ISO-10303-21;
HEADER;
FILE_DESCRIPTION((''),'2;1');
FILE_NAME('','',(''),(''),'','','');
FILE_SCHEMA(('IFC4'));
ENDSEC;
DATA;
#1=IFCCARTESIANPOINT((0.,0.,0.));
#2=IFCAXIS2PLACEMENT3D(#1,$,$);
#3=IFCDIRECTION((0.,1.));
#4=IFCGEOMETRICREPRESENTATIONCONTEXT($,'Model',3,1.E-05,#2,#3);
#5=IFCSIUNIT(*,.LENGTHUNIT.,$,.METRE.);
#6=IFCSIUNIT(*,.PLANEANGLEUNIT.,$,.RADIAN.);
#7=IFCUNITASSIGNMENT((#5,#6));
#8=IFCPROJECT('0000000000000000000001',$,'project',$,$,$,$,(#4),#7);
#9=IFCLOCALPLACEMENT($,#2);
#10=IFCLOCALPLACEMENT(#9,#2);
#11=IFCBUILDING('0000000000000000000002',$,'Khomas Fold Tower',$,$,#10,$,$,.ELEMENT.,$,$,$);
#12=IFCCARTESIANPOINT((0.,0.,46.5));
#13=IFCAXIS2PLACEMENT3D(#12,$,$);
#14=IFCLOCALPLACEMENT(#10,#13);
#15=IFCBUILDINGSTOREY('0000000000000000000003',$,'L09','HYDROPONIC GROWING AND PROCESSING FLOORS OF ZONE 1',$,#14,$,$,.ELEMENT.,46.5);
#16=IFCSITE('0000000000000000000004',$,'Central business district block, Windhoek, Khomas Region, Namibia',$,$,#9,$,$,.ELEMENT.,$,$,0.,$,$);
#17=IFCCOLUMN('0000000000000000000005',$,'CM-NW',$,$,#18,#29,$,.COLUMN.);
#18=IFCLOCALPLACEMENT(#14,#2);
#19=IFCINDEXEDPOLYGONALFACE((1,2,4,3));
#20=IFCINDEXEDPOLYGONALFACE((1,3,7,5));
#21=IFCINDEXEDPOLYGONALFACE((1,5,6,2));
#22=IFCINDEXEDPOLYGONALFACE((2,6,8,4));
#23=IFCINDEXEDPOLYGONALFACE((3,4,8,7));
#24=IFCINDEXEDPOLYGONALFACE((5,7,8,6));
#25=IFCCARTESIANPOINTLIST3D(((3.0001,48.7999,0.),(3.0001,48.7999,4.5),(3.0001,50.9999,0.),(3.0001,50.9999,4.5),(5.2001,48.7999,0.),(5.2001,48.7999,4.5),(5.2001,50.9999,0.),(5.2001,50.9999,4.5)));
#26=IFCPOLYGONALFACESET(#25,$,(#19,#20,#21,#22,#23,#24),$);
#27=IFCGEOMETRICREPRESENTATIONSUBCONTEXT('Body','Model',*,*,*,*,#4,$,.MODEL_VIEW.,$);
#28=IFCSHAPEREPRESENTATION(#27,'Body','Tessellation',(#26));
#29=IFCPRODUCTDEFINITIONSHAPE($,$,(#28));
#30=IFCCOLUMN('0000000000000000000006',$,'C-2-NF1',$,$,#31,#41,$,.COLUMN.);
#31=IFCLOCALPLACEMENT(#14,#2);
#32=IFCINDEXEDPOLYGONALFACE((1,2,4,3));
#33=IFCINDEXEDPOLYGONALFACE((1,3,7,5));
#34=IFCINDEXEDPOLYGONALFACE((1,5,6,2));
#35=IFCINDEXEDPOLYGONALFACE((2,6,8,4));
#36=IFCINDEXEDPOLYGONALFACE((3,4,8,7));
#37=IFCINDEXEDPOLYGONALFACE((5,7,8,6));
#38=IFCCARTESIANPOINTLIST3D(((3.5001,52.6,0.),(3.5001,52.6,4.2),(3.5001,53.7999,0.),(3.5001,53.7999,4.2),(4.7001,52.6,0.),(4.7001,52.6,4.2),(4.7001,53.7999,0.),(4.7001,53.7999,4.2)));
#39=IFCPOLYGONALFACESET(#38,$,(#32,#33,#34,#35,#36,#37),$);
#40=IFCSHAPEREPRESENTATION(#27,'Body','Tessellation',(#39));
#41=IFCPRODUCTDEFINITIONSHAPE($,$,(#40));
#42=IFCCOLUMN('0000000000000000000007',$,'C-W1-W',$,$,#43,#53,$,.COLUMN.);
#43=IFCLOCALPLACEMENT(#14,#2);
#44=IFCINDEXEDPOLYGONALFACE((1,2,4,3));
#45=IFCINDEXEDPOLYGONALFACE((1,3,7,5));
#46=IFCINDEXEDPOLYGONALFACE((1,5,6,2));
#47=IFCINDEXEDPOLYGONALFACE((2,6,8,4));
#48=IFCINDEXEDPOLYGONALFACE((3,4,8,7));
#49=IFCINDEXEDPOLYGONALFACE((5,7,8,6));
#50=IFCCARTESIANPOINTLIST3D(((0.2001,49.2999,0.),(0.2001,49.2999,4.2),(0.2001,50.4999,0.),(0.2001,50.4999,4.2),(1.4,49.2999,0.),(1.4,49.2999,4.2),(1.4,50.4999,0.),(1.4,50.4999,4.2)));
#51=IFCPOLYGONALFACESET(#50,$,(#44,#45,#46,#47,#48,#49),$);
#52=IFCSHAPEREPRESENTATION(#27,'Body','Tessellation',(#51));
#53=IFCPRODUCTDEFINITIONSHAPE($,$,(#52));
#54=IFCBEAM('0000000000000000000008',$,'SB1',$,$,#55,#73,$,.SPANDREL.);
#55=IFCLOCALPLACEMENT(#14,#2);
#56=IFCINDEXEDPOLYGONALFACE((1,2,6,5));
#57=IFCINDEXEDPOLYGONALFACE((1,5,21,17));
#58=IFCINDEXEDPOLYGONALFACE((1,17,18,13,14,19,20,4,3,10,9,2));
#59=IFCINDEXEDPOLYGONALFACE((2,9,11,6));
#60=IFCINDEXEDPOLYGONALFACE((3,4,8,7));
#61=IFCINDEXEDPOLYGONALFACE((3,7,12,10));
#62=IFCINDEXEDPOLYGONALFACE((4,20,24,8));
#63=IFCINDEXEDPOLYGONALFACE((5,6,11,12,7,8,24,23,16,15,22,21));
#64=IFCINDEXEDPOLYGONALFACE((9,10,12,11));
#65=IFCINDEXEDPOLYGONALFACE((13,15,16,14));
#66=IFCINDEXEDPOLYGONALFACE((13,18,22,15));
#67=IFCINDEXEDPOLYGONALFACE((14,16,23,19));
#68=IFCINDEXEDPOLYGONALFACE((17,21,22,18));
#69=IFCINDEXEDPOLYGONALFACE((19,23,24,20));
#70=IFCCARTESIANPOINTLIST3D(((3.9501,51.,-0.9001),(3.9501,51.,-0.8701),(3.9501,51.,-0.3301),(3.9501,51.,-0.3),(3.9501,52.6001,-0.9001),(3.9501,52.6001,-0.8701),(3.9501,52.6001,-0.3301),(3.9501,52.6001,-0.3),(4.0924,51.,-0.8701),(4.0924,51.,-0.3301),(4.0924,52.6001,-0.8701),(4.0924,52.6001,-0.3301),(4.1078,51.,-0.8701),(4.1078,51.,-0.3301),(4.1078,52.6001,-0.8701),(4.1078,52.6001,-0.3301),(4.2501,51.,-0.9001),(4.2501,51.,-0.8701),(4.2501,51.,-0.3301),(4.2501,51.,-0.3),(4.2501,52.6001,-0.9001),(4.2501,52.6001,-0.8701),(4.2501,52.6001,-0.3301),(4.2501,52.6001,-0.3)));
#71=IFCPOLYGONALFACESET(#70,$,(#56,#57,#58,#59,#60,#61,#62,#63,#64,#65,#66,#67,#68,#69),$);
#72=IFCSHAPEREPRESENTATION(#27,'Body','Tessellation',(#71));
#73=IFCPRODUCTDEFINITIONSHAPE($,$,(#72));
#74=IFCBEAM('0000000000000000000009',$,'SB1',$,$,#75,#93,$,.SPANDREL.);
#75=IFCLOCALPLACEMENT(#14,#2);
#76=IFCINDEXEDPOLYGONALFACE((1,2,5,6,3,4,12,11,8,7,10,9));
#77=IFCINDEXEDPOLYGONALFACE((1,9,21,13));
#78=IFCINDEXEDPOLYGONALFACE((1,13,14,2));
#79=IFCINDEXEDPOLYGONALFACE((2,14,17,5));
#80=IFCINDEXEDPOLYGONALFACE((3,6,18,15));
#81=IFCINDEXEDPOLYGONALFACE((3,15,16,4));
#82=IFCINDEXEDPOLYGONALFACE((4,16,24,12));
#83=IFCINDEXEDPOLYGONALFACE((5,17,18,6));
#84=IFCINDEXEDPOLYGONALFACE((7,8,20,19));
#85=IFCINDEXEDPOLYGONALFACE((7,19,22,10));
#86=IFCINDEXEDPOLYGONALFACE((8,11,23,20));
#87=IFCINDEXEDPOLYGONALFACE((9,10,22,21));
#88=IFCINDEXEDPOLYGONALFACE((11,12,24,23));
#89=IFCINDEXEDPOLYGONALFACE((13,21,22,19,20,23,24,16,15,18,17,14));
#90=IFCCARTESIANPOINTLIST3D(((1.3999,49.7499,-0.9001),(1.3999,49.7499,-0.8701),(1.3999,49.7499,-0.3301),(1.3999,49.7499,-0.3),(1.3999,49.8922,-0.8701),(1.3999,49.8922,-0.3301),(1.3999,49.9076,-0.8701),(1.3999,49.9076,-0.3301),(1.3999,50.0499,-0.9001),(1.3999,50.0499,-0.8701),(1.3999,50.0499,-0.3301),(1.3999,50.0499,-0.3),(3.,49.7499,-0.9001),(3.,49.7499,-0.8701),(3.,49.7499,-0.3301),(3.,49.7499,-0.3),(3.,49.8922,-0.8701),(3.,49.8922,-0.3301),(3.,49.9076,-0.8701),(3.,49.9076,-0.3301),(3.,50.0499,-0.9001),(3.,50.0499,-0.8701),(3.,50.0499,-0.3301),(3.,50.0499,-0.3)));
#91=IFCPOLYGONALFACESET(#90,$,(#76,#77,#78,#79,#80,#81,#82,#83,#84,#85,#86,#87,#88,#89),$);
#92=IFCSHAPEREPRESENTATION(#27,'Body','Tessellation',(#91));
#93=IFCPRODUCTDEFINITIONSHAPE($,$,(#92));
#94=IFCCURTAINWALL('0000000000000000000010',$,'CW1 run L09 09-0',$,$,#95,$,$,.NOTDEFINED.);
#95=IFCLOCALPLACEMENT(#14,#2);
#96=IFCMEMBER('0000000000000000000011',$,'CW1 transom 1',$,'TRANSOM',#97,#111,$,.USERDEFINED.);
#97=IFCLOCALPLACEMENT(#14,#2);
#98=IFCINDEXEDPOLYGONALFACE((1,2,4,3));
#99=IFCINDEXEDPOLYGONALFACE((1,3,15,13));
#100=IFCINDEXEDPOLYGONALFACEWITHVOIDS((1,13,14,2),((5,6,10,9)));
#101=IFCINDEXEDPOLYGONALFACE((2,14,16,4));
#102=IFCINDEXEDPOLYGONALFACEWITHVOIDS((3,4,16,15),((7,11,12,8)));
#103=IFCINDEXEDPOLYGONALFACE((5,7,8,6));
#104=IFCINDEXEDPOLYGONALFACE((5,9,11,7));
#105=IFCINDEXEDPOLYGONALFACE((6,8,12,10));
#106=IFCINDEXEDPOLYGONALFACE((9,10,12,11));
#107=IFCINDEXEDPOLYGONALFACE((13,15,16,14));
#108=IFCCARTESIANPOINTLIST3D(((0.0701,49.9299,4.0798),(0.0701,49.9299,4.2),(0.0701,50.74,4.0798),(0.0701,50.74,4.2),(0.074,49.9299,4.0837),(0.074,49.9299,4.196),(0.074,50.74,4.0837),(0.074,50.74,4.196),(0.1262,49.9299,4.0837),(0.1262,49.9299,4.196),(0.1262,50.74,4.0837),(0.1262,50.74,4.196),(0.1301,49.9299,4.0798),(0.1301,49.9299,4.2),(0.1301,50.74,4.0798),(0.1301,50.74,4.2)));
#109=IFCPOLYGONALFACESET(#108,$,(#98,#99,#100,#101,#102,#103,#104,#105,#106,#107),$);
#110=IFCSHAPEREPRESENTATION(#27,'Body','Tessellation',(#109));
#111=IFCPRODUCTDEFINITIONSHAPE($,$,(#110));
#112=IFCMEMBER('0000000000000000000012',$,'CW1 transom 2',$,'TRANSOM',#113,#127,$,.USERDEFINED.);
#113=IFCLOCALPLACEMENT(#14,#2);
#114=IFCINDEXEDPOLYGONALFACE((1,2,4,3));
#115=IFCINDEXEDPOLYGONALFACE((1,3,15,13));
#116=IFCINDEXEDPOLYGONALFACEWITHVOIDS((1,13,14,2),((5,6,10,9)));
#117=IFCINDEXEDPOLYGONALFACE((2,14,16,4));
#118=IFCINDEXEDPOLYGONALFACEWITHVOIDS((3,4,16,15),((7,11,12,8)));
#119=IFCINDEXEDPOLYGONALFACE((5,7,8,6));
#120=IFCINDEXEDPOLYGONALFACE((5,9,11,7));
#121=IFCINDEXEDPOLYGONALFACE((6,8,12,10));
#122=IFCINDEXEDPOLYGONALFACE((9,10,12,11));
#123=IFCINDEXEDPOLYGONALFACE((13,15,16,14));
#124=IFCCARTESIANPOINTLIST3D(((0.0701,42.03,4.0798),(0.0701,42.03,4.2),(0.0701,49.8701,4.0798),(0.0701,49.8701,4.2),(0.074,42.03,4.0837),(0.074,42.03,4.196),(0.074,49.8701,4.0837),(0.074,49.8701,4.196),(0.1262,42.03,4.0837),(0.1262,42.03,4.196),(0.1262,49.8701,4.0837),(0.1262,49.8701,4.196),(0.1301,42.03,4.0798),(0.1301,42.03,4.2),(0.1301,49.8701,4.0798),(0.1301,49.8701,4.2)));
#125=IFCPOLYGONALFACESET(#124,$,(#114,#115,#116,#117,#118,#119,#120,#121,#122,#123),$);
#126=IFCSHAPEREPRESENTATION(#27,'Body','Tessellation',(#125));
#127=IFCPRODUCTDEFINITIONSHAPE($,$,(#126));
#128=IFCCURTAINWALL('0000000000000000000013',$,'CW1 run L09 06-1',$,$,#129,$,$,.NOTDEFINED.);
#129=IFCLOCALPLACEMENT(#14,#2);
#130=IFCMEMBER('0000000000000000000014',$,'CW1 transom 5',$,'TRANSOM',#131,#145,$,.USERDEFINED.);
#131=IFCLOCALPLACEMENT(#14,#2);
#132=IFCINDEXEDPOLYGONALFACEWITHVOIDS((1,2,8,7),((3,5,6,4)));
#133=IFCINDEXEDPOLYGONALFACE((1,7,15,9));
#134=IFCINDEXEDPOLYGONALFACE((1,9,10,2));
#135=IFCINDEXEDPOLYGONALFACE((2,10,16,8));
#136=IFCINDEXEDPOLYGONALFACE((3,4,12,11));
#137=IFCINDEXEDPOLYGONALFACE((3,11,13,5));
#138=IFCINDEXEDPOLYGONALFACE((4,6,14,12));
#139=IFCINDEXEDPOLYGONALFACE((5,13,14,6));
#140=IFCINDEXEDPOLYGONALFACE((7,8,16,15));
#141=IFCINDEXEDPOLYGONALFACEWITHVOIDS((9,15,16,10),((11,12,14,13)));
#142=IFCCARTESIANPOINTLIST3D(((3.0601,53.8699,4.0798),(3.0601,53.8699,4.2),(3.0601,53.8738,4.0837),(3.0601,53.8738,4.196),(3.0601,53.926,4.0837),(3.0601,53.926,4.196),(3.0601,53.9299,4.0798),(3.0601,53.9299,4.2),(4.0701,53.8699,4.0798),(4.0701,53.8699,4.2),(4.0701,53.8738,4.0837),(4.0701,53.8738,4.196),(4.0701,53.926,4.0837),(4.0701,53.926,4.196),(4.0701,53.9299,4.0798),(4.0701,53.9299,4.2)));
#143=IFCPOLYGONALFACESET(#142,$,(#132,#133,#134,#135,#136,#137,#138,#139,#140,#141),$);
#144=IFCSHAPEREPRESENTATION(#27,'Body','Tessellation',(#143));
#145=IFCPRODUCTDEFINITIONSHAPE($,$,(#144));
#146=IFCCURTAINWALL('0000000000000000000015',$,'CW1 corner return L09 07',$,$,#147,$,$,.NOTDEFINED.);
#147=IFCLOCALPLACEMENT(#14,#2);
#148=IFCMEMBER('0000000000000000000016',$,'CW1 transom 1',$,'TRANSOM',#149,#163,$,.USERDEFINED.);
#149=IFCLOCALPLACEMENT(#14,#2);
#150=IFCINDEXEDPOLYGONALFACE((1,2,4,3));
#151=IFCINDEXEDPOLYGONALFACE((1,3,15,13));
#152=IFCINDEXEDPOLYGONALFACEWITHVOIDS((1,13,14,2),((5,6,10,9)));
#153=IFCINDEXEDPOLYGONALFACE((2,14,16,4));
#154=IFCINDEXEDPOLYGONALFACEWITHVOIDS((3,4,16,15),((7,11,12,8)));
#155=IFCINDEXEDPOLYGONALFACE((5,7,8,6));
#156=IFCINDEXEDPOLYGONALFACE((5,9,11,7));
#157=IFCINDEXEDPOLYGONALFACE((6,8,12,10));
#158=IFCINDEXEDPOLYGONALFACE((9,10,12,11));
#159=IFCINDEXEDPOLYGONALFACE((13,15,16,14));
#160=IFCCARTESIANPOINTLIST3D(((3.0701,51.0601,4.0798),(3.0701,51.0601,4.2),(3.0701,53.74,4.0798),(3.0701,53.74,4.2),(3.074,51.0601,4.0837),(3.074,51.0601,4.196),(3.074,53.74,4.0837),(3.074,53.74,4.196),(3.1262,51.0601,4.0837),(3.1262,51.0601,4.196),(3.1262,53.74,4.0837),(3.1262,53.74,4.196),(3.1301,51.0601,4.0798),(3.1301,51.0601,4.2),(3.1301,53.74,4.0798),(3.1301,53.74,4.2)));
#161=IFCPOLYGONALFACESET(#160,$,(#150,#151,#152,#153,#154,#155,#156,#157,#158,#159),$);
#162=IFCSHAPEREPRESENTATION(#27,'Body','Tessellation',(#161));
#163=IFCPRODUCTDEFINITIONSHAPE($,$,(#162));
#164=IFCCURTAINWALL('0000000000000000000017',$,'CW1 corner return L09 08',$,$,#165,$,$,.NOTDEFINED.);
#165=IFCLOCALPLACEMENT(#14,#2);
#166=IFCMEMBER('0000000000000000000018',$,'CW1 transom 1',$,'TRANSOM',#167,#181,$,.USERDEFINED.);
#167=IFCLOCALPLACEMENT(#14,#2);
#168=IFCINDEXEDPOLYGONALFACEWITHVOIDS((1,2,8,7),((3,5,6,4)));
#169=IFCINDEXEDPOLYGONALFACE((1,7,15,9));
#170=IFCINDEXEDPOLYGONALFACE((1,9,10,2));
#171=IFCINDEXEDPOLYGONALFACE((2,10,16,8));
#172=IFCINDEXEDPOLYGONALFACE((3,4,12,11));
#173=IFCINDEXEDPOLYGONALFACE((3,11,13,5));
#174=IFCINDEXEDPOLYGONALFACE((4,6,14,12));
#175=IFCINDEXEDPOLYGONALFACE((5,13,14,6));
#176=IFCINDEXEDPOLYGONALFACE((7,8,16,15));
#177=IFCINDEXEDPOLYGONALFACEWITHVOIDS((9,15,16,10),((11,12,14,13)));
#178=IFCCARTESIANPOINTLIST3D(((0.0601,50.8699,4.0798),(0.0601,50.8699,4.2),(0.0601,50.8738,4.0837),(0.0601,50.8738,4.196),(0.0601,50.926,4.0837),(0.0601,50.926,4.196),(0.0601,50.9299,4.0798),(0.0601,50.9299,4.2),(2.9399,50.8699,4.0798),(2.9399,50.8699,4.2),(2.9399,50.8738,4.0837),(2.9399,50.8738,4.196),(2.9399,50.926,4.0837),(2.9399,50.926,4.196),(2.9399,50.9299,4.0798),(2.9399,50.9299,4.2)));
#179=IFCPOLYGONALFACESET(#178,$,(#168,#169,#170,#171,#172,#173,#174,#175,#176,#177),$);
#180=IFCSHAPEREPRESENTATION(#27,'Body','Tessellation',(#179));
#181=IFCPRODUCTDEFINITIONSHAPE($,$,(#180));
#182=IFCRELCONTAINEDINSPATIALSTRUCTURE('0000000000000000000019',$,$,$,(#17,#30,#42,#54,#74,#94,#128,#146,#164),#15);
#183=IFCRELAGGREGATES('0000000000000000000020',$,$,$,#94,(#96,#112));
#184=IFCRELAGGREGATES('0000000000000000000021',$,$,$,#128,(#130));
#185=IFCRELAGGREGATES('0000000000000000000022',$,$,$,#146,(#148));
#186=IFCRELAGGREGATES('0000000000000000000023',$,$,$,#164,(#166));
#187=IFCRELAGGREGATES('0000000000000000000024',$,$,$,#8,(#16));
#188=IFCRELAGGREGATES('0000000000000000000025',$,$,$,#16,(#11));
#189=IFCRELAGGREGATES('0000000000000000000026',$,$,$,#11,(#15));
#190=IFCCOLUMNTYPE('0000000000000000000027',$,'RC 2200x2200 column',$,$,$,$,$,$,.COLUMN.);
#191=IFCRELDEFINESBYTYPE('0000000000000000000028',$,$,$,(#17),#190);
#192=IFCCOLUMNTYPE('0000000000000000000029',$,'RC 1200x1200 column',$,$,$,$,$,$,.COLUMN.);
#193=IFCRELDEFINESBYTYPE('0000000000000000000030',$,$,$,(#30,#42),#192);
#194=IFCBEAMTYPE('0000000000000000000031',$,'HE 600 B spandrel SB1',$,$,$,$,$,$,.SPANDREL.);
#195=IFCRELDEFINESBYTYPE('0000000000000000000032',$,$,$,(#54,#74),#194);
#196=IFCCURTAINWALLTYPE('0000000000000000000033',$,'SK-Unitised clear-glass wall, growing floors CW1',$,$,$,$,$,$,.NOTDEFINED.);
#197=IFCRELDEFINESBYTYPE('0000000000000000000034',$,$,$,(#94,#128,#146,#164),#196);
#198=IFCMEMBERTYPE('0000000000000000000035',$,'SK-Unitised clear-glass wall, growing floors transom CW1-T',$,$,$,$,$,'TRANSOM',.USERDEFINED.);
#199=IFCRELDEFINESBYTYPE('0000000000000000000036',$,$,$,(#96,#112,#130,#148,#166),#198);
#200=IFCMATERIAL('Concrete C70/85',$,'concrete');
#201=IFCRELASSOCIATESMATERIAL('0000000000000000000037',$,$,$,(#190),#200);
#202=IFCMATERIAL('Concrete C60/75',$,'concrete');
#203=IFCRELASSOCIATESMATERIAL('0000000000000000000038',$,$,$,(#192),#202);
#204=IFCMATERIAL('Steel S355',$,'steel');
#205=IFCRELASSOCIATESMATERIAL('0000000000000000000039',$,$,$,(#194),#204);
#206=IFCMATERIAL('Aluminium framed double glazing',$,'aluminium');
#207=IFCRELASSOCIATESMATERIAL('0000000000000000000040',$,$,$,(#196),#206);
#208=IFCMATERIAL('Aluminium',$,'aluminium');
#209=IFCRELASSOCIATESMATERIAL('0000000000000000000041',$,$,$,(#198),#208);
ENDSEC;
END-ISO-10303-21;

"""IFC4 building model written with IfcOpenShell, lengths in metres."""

from ifc_helpers import new_model, si_unit, direction, frame, origin, origin_2d, place, context, subcontext, project, spatial, rectangle, hollow_rectangle, i_section, extrude, source, transform, mapped, material, material_profile, profile_set, type_object, element, aggregate, save


model = new_model("IFC4")

# Units and contexts
model_context = context("Model", 3, precision=1e-05, world=origin(), true_north=direction((0.0, 1.0)))
body_context = subcontext(model_context, "Body", "Model", "MODEL_VIEW")
ifc_project = project(units=[si_unit("LENGTHUNIT", "METRE"), si_unit("PLANEANGLEUNIT", "RADIAN")], contexts=[model_context])

# Site, building, storey
site_placement = place(None, origin())
site = spatial("IfcSite", under=ifc_project, at=site_placement, Name="Central business district block, Windhoek, Khomas Region, Namibia", CompositionType="ELEMENT", RefElevation=0.0)
building_placement = place(site_placement, origin())
building = spatial("IfcBuilding", under=site, at=building_placement, Name="Khomas Fold Tower", CompositionType="ELEMENT")
storey_placement = place(building_placement, frame((0.0, 0.0, 46.5)))
storey = spatial("IfcBuildingStorey", under=building, at=storey_placement, Name="L09", Description="HYDROPONIC GROWING AND PROCESSING FLOORS OF ZONE 1", CompositionType="ELEMENT", Elevation=46.5)

# Columns
ifc_material_1 = material(Name="Concrete C70/85", Category="concrete")
ifc_material_profile_1 = material_profile(ifc_material_1, rectangle(XDim=2.2, YDim=2.2, at=origin_2d()), Name="RC 2200x2200")
ifc_profile_set_1 = profile_set([ifc_material_profile_1], Name="Concrete C70/85")
column_type_1 = type_object("IfcColumnType", Name="RC 2200x2200 column", PredefinedType="COLUMN", material=ifc_profile_set_1)
shared_shape_1 = source(origin(), body_context, "Body", "SweptSolid", [
    extrude(rectangle(XDim=2.2, YDim=2.2, at=origin_2d()), origin(), (0.0, 0.0, 1.0), 4.5),
])
column_placement = place(storey_placement, frame((4.1001, 49.8999, 0.0), z_axis=(0.0, 0.0, 1.0), x_axis=(1.0, 0.0, 0.0)))
element("IfcColumn", 1, at=column_placement, inside=storey, type_object=column_type_1, Name="CM-NW", PredefinedType="COLUMN", context=body_context, shape_type="MappedRepresentation", body=[
    mapped(shared_shape_1, transform((0.0, 0.0, 0.0))),
])
ifc_material_2 = material(Name="Concrete C60/75", Category="concrete")
ifc_material_profile_2 = material_profile(ifc_material_2, rectangle(XDim=1.2, YDim=1.2, at=origin_2d()), Name="RC 1200x1200")
ifc_profile_set_2 = profile_set([ifc_material_profile_2], Name="Concrete C60/75")
column_type_2 = type_object("IfcColumnType", Name="RC 1200x1200 column", PredefinedType="COLUMN", material=ifc_profile_set_2)
shared_shape_2 = source(origin(), body_context, "Body", "SweptSolid", [
    extrude(rectangle(XDim=1.2, YDim=1.2, at=origin_2d()), origin(), (0.0, 0.0, 1.0), 4.2),
])
for number, where, z_axis, x_axis, name in (
    (2, (4.1001, 53.2, 0.0), (0.0, 0.0, 1.0), (1.0, 0.0, 0.0), "C-2-NF1"),
    (3, (0.8, 49.8999, 0.0), (0.0, 0.0, 1.0), (1.0, 0.0, 0.0), "C-W1-W"),
):
    element("IfcColumn", number, at=place(storey_placement, frame(where, z_axis=z_axis, x_axis=x_axis)), inside=storey, type_object=column_type_2, Name=name, PredefinedType="COLUMN", context=body_context, shape_type="MappedRepresentation", body=[
        mapped(shared_shape_2, transform((0.0, 0.0, 0.0))),
    ])

# Beams
ifc_material_3 = material(Name="Steel S355", Category="steel")
ifc_material_profile_3 = material_profile(ifc_material_3, i_section(OverallWidth=0.3, OverallDepth=0.6001, WebThickness=0.0154, FlangeThickness=0.03, at=origin_2d()), Name="HE 600 B")
ifc_profile_set_3 = profile_set([ifc_material_profile_3], Name="Steel S355")
beam_type = type_object("IfcBeamType", Name="HE 600 B spandrel SB1", PredefinedType="SPANDREL", material=ifc_profile_set_3)
shared_shape_3 = source(origin(), body_context, "Body", "SweptSolid", [
    extrude(i_section(OverallWidth=0.3, OverallDepth=0.6001, WebThickness=0.0154, FlangeThickness=0.03, at=origin_2d()), origin(), (0.0, 0.0, 1.0), 1.6001),
])
for number, where, z_axis, x_axis, name in (
    (4, (4.1001, 51.0, -0.6001), (0.0, 1.0, 0.0), (-1.0, 0.0, 0.0), "SB1"),
    (5, (1.3999, 49.8999, -0.6001), (1.0, 0.0, 0.0), (0.0, 1.0, 0.0), "SB1"),
):
    element("IfcBeam", number, at=place(storey_placement, frame(where, z_axis=z_axis, x_axis=x_axis)), inside=storey, type_object=beam_type, Name=name, PredefinedType="SPANDREL", context=body_context, shape_type="MappedRepresentation", body=[
        mapped(shared_shape_3, transform((0.0, 0.0, 0.0))),
    ])

# Curtain wall, members
ifc_material_4 = material(Name="Aluminium framed double glazing", Category="aluminium")
curtain_wall_type = type_object("IfcCurtainWallType", Name="SK-Unitised clear-glass wall, growing floors CW1", PredefinedType="NOTDEFINED", material=ifc_material_4)
curtain_wall_1_placement = place(storey_placement, origin())
curtain_wall_1 = element("IfcCurtainWall", 6, at=curtain_wall_1_placement, inside=storey, type_object=curtain_wall_type, Name="CW1 run L09 09-0", PredefinedType="NOTDEFINED")
ifc_material_5 = material(Name="Aluminium", Category="aluminium")
ifc_material_profile_4 = material_profile(ifc_material_5, hollow_rectangle(XDim=0.0601, YDim=0.1201, WallThickness=0.0039, at=origin_2d()), Name="SK-Unitised clear-glass wall, growing floors transom CW1-T")
ifc_profile_set_4 = profile_set([ifc_material_profile_4], Name="Aluminium")
member_type_1 = type_object("IfcMemberType", Name="SK-Unitised clear-glass wall, growing floors transom CW1-T", ElementType="TRANSOM", PredefinedType="USERDEFINED", material=ifc_profile_set_4)
shared_shape_4 = source(origin(), body_context, "Body", "SweptSolid", [
    extrude(hollow_rectangle(XDim=0.0601, YDim=0.1201, WallThickness=0.0039, at=origin_2d()), origin(), (0.0, 0.0, 1.0), 0.8101),
])
member_1_placement = place(storey_placement, frame((0.1001, 50.74, 4.1399), z_axis=(0.0, -1.0, 0.0), x_axis=(1.0, 0.0, 0.0)))
member_1 = element("IfcMember", 7, at=member_1_placement, type_object=member_type_1, Name="CW1 transom 1", ObjectType="TRANSOM", PredefinedType="USERDEFINED", context=body_context, shape_type="MappedRepresentation", body=[
    mapped(shared_shape_4, transform((0.0, 0.0, 0.0))),
])
shared_shape_5 = source(origin(), body_context, "Body", "SweptSolid", [
    extrude(hollow_rectangle(XDim=0.0601, YDim=0.1201, WallThickness=0.0039, at=origin_2d()), origin(), (0.0, 0.0, 1.0), 7.8401),
])
member_2_placement = place(storey_placement, frame((0.1001, 49.8701, 4.1399), z_axis=(0.0, -1.0, 0.0), x_axis=(1.0, 0.0, 0.0)))
member_2 = element("IfcMember", 8, at=member_2_placement, type_object=member_type_1, Name="CW1 transom 2", ObjectType="TRANSOM", PredefinedType="USERDEFINED", context=body_context, shape_type="MappedRepresentation", body=[
    mapped(shared_shape_5, transform((0.0, 0.0, 0.0))),
])

# Curtain walls, members
curtain_wall_2_placement = place(storey_placement, origin())
curtain_wall_2 = element("IfcCurtainWall", 9, at=curtain_wall_2_placement, inside=storey, type_object=curtain_wall_type, Name="CW1 run L09 06-1", PredefinedType="NOTDEFINED")
shared_shape_6 = source(origin(), body_context, "Body", "SweptSolid", [
    extrude(hollow_rectangle(XDim=0.0601, YDim=0.1201, WallThickness=0.0039, at=origin_2d()), origin(), (0.0, 0.0, 1.0), 1.01),
])
member_3_placement = place(storey_placement, frame((4.0701, 53.8999, 4.1399), z_axis=(-1.0, 0.0, 0.0), x_axis=(0.0, -1.0, 0.0)))
member_3 = element("IfcMember", 10, at=member_3_placement, type_object=member_type_1, Name="CW1 transom 5", ObjectType="TRANSOM", PredefinedType="USERDEFINED", context=body_context, shape_type="MappedRepresentation", body=[
    mapped(shared_shape_6, transform((0.0, 0.0, 0.0))),
])
curtain_wall_3_placement = place(storey_placement, origin())
curtain_wall_3 = element("IfcCurtainWall", 11, at=curtain_wall_3_placement, inside=storey, type_object=curtain_wall_type, Name="CW1 corner return L09 07", PredefinedType="NOTDEFINED")
shared_shape_7 = source(origin(), body_context, "Body", "SweptSolid", [
    extrude(hollow_rectangle(XDim=0.0601, YDim=0.1201, WallThickness=0.0039, at=origin_2d()), origin(), (0.0, 0.0, 1.0), 2.6799),
])
member_4_placement = place(storey_placement, frame((3.1001, 53.74, 4.1399), z_axis=(0.0, -1.0, 0.0), x_axis=(1.0, 0.0, 0.0)))
member_4 = element("IfcMember", 12, at=member_4_placement, type_object=member_type_1, Name="CW1 transom 1", ObjectType="TRANSOM", PredefinedType="USERDEFINED", context=body_context, shape_type="MappedRepresentation", body=[
    mapped(shared_shape_7, transform((0.0, 0.0, 0.0))),
])
curtain_wall_4_placement = place(storey_placement, origin())
curtain_wall_4 = element("IfcCurtainWall", 13, at=curtain_wall_4_placement, inside=storey, type_object=curtain_wall_type, Name="CW1 corner return L09 08", PredefinedType="NOTDEFINED")
shared_shape_8 = source(origin(), body_context, "Body", "SweptSolid", [
    extrude(hollow_rectangle(XDim=0.0601, YDim=0.1201, WallThickness=0.0039, at=origin_2d()), origin(), (0.0, 0.0, 1.0), 2.8799),
])
member_5_placement = place(storey_placement, frame((2.9399, 50.8999, 4.1399), z_axis=(-1.0, 0.0, 0.0), x_axis=(0.0, -1.0, 0.0)))
member_5 = element("IfcMember", 14, at=member_5_placement, type_object=member_type_1, Name="CW1 transom 1", ObjectType="TRANSOM", PredefinedType="USERDEFINED", context=body_context, shape_type="MappedRepresentation", body=[
    mapped(shared_shape_8, transform((0.0, 0.0, 0.0))),
])

aggregate(curtain_wall_1, [member_1, member_2])
aggregate(curtain_wall_2, [member_3])
aggregate(curtain_wall_3, [member_4])
aggregate(curtain_wall_4, [member_5])

save(model, "model.ifc")
